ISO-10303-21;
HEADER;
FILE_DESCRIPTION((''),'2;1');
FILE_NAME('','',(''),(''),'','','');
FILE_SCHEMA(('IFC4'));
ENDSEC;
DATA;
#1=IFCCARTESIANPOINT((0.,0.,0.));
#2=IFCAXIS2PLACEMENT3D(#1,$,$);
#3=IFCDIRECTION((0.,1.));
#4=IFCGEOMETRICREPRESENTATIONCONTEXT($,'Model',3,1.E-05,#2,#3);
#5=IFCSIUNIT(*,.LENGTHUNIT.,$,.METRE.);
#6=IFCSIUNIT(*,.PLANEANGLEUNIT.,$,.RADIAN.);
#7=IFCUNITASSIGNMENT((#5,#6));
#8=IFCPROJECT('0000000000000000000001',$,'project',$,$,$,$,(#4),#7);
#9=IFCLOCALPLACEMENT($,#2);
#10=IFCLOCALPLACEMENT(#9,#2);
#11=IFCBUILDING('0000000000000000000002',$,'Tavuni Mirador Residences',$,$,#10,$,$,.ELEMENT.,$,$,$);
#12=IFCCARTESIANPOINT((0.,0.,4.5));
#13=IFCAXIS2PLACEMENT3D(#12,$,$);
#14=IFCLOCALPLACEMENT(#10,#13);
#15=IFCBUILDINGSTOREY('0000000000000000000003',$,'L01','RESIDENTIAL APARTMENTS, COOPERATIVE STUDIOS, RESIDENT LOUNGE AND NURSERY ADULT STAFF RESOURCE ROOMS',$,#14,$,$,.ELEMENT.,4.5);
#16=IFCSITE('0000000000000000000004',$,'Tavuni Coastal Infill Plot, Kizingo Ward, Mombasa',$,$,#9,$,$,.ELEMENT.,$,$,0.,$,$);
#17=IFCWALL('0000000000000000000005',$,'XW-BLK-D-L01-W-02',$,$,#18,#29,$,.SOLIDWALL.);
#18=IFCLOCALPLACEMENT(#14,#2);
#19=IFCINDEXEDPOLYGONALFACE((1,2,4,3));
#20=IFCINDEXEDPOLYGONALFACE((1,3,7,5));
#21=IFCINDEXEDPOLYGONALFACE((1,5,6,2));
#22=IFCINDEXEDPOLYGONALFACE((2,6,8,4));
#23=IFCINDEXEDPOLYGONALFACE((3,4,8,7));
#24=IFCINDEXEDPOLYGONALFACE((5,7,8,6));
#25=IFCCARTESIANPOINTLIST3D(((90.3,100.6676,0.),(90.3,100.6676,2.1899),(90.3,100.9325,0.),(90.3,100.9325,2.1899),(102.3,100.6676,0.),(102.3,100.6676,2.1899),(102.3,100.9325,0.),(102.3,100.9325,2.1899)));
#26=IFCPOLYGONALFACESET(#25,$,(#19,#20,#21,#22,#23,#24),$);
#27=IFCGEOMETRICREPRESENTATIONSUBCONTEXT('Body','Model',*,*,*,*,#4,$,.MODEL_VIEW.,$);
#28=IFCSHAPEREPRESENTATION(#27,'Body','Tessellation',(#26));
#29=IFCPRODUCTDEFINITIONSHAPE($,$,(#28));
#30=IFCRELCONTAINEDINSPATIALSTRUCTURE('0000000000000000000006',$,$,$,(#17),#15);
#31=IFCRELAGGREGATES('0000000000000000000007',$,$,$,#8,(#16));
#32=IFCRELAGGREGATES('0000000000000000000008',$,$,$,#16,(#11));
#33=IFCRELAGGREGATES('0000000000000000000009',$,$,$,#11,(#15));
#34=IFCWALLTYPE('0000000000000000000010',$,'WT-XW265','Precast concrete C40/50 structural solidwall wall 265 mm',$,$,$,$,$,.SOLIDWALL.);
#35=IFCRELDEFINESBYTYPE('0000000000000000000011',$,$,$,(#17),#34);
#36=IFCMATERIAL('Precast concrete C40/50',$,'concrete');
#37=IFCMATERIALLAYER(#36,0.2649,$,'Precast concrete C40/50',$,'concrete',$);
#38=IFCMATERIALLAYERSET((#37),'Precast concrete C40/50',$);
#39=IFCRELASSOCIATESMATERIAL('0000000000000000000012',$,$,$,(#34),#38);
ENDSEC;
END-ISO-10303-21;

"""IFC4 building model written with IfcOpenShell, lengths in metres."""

from ifc_helpers import new_model, si_unit, direction, frame, frame_2d, origin, place, context, subcontext, project, spatial, rectangle, extrude, material, layer, layer_set, type_object, element, save


model = new_model("IFC4")

# Units and contexts
model_context = context("Model", 3, precision=1e-05, world=origin(), true_north=direction((0.0, 1.0)))
body_context = subcontext(model_context, "Body", "Model", "MODEL_VIEW")
ifc_project = project(units=[si_unit("LENGTHUNIT", "METRE"), si_unit("PLANEANGLEUNIT", "RADIAN")], contexts=[model_context])

# Site, building, storey
site_placement = place(None, origin())
site = spatial("IfcSite", under=ifc_project, at=site_placement, Name="Tavuni Coastal Infill Plot, Kizingo Ward, Mombasa", CompositionType="ELEMENT", RefElevation=0.0)
building_placement = place(site_placement, origin())
building = spatial("IfcBuilding", under=site, at=building_placement, Name="Tavuni Mirador Residences", CompositionType="ELEMENT")
storey_placement = place(building_placement, frame((0.0, 0.0, 4.5)))
storey = spatial("IfcBuildingStorey", under=building, at=storey_placement, Name="L01", Description="RESIDENTIAL APARTMENTS, COOPERATIVE STUDIOS, RESIDENT LOUNGE AND NURSERY ADULT STAFF RESOURCE ROOMS", CompositionType="ELEMENT", Elevation=4.5)

# Shared definitions
ifc_material_1 = material(Name="Precast concrete C40/50", Category="concrete")

# Wall
ifc_layer_1 = layer(ifc_material_1, 0.2649, Name="Precast concrete C40/50", Category="concrete")
ifc_layer_set_1 = layer_set([ifc_layer_1], Name="Precast concrete C40/50")
wall_type_1 = type_object("IfcWallType", Name="WT-XW265", Description="Precast concrete C40/50 structural solidwall wall 265 mm", PredefinedType="SOLIDWALL", material=ifc_layer_set_1)
for number, where, z_axis, x_axis, name in (
    (1, (90.3, 100.8, 0.0), (0.0, 0.0, 1.0), (1.0, 0.0, 0.0), "XW-BLK-D-L01-W-02"),
):
    element("IfcWall", number, at=place(storey_placement, frame(where, z_axis=z_axis, x_axis=x_axis)), inside=storey, type_object=wall_type_1, Name=name, PredefinedType="SOLIDWALL", context=body_context, shape_type="SweptSolid", body=[
        extrude(rectangle(XDim=12.0, YDim=0.2649, at=frame_2d((6.0, 0.0))), origin(), (0.0, 0.0, 1.0), 2.1899),
    ])

save(model, "model.ifc")
